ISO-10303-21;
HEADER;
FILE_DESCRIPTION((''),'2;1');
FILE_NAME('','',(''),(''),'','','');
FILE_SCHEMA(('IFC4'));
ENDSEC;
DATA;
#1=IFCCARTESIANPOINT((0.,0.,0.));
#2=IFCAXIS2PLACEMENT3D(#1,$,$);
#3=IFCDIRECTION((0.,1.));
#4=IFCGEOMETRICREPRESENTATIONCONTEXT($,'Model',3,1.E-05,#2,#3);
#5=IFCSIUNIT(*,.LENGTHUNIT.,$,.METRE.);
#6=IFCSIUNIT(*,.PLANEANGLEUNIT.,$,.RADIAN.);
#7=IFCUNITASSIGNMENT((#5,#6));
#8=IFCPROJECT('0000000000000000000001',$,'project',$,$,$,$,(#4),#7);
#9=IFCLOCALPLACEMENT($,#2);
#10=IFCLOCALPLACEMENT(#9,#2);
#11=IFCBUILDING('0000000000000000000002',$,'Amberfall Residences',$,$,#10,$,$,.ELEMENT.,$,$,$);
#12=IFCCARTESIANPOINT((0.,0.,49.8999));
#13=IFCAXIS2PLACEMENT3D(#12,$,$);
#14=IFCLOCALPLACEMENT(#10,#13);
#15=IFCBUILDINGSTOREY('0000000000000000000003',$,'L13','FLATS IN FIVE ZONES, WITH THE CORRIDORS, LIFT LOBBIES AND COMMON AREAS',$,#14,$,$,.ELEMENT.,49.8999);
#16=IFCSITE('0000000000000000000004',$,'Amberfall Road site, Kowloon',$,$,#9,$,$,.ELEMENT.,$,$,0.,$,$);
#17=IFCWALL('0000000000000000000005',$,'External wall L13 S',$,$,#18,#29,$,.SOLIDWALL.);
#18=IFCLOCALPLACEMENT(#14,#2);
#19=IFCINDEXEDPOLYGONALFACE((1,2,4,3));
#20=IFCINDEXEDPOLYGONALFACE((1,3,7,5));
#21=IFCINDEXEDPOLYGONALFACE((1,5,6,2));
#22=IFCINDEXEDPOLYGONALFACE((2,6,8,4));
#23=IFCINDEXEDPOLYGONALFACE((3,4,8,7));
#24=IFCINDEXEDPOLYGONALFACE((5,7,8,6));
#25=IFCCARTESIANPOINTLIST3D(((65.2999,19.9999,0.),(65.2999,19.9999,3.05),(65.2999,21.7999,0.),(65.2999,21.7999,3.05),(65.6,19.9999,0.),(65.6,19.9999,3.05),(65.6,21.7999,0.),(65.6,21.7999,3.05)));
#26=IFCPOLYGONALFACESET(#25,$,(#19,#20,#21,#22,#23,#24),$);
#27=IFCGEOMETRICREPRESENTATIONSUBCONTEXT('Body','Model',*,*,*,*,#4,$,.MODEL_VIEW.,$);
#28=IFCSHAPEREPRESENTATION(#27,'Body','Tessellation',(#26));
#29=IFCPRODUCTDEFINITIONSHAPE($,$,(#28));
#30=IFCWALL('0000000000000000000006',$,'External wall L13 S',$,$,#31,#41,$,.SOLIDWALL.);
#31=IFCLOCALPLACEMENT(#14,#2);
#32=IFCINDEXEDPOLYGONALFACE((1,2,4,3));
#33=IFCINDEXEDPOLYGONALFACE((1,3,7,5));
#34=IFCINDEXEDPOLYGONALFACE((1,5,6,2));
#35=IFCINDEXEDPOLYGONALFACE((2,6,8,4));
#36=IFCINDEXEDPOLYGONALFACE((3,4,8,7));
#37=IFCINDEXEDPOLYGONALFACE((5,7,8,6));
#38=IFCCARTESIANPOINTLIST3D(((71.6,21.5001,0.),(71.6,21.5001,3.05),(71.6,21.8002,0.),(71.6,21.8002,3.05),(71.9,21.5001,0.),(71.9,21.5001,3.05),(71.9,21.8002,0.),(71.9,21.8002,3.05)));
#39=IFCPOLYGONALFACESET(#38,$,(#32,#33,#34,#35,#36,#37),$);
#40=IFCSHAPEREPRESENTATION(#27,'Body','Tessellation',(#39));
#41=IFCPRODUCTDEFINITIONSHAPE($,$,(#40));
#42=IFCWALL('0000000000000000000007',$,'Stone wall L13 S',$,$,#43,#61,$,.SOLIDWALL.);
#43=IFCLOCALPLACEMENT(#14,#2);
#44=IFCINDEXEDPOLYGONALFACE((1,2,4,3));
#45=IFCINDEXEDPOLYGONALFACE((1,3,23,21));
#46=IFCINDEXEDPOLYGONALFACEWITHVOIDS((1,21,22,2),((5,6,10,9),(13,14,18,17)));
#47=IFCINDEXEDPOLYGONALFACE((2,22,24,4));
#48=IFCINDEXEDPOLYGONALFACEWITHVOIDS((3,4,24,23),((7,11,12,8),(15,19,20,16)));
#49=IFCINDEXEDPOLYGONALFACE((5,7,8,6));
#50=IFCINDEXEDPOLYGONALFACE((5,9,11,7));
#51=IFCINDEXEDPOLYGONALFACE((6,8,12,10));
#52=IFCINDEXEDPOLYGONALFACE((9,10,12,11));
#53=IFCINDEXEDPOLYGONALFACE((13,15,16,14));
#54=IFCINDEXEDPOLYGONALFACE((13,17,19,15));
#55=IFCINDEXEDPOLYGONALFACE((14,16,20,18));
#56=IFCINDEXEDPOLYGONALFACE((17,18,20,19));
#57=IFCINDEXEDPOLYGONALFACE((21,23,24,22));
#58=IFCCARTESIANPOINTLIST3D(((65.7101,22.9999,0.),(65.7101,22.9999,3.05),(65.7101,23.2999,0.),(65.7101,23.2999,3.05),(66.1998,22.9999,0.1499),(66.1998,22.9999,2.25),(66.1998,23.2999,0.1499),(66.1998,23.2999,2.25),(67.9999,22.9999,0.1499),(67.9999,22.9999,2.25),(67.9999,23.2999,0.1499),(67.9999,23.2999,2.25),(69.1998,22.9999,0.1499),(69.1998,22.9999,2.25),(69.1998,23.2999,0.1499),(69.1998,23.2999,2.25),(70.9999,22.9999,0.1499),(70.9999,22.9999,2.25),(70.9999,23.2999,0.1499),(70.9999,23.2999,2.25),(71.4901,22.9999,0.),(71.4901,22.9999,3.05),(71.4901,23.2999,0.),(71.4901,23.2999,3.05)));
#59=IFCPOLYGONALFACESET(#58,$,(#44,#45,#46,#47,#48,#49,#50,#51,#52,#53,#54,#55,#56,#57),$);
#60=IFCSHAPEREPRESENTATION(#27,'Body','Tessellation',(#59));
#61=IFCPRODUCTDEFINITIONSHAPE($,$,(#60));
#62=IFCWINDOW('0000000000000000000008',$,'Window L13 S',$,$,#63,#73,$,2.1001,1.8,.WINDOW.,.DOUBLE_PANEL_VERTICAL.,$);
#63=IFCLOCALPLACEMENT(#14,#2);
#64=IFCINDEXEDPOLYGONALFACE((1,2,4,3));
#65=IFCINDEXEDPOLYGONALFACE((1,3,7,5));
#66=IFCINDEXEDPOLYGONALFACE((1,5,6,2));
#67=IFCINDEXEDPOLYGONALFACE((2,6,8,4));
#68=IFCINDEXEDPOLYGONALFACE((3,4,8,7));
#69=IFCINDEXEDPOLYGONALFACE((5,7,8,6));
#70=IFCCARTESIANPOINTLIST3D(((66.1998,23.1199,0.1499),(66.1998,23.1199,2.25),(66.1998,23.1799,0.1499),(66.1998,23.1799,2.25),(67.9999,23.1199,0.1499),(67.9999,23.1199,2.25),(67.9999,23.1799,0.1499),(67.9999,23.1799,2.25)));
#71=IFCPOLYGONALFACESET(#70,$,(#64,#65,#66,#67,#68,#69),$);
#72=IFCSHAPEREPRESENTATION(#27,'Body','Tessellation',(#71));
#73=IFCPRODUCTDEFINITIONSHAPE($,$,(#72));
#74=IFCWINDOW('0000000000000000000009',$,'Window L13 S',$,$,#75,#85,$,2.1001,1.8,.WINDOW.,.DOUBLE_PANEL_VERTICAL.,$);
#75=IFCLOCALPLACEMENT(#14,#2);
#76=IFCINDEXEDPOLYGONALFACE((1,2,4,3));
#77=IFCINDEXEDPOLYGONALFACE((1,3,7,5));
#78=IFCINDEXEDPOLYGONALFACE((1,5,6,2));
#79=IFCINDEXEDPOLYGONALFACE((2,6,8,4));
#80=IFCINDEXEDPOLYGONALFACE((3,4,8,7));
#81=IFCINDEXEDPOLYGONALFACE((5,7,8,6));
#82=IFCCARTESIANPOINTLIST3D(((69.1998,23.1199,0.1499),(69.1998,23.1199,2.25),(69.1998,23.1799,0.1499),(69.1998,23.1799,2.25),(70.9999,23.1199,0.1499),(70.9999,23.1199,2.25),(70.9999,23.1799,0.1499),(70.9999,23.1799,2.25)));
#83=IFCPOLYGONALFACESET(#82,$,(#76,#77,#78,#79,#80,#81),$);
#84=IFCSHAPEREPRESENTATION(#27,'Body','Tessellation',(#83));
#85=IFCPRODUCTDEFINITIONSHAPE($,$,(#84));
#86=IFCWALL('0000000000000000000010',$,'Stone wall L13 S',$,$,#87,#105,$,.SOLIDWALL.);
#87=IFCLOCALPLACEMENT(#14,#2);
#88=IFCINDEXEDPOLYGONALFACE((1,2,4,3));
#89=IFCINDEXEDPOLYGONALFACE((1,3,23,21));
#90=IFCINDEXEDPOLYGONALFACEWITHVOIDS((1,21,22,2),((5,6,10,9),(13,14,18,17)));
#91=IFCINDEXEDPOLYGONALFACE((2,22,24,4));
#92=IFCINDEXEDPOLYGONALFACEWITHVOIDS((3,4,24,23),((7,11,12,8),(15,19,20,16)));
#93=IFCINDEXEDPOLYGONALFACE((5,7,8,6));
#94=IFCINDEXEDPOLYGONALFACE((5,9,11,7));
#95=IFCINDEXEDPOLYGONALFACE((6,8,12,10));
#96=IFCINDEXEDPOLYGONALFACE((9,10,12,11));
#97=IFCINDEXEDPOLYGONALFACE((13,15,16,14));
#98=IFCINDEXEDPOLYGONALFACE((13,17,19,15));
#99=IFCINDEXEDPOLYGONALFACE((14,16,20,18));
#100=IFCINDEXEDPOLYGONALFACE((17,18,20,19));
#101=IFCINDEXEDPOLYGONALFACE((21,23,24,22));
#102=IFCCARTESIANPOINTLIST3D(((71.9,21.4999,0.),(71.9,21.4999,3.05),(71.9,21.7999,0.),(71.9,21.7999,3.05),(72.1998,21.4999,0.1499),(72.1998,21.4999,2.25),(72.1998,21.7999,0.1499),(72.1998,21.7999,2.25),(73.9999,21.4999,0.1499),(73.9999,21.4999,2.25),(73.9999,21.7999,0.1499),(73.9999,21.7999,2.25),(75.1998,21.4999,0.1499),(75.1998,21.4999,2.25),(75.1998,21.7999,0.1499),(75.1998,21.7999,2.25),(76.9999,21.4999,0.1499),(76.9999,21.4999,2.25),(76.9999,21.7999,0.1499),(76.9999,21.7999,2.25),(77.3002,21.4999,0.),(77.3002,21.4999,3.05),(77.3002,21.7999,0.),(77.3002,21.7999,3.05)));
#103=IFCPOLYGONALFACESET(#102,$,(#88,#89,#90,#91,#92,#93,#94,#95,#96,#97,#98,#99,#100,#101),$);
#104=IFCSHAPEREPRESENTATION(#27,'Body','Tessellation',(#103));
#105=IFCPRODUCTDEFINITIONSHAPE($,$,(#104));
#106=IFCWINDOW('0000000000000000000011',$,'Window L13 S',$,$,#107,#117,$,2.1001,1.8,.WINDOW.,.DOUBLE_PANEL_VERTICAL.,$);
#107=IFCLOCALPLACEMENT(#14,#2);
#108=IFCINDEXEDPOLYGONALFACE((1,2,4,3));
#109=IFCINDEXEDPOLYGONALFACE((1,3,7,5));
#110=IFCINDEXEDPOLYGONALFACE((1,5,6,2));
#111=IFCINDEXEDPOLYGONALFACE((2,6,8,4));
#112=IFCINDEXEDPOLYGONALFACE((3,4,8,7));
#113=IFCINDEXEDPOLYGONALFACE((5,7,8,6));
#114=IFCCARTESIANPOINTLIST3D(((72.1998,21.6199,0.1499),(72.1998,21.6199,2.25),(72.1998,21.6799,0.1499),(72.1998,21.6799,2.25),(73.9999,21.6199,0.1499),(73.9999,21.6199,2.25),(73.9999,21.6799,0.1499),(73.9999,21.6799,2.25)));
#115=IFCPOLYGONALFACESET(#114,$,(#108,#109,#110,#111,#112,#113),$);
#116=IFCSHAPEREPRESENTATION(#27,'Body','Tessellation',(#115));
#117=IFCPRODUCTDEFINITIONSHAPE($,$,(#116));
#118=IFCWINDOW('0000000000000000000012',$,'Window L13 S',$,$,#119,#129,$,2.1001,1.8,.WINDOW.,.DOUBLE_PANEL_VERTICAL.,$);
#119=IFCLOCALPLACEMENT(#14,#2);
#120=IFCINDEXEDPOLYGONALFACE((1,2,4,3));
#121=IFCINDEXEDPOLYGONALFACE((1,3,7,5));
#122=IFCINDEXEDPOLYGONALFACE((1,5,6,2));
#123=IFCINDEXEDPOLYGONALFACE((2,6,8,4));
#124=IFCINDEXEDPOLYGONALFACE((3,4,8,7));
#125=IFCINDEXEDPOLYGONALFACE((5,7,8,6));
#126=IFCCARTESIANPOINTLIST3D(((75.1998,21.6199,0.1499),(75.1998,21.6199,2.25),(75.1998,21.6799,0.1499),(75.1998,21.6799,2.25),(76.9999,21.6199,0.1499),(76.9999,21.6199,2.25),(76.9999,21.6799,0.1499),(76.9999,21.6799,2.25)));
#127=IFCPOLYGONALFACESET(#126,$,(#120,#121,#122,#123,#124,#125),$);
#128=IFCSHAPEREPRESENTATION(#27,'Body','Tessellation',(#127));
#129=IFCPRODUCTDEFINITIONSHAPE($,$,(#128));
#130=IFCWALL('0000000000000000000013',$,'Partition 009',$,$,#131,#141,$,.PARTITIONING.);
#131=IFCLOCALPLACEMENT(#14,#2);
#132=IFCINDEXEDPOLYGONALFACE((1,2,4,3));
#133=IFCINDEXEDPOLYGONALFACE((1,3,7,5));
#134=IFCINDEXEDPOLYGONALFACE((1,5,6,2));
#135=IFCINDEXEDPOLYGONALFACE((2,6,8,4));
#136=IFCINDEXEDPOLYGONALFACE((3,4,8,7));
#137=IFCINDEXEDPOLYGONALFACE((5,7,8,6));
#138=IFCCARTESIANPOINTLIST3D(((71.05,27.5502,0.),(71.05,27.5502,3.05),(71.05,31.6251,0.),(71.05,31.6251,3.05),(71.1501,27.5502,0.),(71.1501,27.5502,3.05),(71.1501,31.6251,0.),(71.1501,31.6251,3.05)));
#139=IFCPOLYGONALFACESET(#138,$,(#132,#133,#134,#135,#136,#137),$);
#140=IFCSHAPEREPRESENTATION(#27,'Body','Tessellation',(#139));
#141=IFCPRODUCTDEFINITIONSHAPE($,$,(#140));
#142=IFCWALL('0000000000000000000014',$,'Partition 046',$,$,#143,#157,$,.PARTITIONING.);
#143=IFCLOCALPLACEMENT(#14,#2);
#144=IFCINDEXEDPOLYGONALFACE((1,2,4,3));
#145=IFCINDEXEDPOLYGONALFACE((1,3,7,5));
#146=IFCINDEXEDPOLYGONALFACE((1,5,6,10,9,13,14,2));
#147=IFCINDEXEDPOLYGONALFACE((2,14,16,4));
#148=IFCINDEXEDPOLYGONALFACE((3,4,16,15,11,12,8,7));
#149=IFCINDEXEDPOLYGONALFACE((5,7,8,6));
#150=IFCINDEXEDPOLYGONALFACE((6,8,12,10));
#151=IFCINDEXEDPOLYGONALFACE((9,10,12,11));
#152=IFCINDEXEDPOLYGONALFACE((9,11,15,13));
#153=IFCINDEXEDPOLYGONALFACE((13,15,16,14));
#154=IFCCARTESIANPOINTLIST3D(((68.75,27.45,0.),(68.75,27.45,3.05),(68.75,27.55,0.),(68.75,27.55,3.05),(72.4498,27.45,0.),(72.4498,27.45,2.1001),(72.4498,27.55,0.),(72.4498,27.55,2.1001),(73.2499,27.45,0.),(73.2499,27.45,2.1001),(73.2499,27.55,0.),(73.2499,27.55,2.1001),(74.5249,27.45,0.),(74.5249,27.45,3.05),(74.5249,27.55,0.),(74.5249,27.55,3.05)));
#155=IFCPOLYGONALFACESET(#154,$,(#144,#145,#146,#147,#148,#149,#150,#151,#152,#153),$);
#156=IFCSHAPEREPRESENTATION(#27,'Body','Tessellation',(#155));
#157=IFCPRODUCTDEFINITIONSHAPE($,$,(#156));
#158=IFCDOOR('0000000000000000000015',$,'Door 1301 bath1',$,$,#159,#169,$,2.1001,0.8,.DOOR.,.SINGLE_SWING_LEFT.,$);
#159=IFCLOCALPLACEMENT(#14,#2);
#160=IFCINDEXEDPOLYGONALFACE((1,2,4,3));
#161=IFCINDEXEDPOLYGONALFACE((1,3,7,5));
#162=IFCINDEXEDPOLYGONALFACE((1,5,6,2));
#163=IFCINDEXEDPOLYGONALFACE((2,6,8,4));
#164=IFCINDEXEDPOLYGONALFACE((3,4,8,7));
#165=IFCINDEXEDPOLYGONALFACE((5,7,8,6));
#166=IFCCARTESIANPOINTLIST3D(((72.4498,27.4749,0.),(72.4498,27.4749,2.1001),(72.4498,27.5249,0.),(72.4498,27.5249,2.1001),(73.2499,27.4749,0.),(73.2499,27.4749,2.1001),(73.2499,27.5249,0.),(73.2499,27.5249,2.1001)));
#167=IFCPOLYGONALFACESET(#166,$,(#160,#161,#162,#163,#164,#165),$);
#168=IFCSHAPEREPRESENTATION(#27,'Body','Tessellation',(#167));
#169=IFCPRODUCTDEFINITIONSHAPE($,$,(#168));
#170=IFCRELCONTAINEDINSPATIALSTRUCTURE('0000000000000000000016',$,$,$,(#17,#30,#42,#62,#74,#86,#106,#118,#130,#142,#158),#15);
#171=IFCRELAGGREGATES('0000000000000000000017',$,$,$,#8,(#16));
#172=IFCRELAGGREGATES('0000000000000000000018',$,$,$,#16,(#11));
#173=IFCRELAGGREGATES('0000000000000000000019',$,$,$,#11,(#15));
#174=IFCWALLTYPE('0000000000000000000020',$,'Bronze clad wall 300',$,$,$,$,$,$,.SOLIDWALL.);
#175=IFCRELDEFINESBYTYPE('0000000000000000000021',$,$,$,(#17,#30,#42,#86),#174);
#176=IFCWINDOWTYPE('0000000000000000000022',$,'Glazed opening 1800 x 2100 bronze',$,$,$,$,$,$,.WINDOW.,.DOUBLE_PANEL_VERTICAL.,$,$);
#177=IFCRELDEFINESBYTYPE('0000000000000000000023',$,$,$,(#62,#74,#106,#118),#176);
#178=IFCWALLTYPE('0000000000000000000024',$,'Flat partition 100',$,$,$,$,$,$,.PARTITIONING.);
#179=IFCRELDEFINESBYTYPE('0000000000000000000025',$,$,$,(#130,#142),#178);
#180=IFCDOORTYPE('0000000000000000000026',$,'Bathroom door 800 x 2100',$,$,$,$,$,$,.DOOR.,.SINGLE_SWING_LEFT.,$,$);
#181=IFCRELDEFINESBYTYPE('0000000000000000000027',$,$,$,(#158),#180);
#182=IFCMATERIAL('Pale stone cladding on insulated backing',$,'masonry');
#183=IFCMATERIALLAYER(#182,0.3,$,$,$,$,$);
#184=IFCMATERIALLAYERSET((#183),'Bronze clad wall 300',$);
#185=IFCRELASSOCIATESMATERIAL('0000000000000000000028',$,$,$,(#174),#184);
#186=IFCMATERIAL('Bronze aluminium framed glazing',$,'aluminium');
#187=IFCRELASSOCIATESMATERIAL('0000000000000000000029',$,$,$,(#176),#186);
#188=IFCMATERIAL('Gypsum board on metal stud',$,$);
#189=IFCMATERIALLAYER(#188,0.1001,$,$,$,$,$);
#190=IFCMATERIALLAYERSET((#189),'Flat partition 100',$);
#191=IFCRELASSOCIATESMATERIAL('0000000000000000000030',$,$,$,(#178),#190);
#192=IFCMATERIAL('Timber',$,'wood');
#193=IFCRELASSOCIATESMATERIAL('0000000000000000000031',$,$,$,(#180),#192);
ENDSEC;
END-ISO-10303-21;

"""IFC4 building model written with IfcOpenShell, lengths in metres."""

from ifc_helpers import new_model, si_unit, direction, frame, frame_2d, origin, place, context, subcontext, project, spatial, rectangle, extrude, material, layer, layer_set, type_object, element, fill, save


model = new_model("IFC4")

# Units and contexts
model_context = context("Model", 3, precision=1e-05, world=origin(), true_north=direction((0.0, 1.0)))
body_context = subcontext(model_context, "Body", "Model", "MODEL_VIEW")
ifc_project = project(units=[si_unit("LENGTHUNIT", "METRE"), si_unit("PLANEANGLEUNIT", "RADIAN")], contexts=[model_context])

# Site, building, storey
site_placement = place(None, origin())
site = spatial("IfcSite", under=ifc_project, at=site_placement, Name="Amberfall Road site, Kowloon", CompositionType="ELEMENT", RefElevation=0.0)
building_placement = place(site_placement, origin())
building = spatial("IfcBuilding", under=site, at=building_placement, Name="Amberfall Residences", CompositionType="ELEMENT")
storey_placement = place(building_placement, frame((0.0, 0.0, 49.8999)))
storey = spatial("IfcBuildingStorey", under=building, at=storey_placement, Name="L13", Description="FLATS IN FIVE ZONES, WITH THE CORRIDORS, LIFT LOBBIES AND COMMON AREAS", CompositionType="ELEMENT", Elevation=49.8999)

# Walls
ifc_material_1 = material(Name="Pale stone cladding on insulated backing", Category="masonry")
ifc_layer_1 = layer(ifc_material_1, 0.3)
ifc_layer_set_1 = layer_set([ifc_layer_1], Name="Bronze clad wall 300")
wall_type_1 = type_object("IfcWallType", Name="Bronze clad wall 300", PredefinedType="SOLIDWALL", material=ifc_layer_set_1)
wall_1_placement = place(storey_placement, frame((65.45, 20.0, 0.0), z_axis=(0.0, 0.0, 1.0), x_axis=(0.0, 1.0, 0.0)))
element("IfcWall", 1, at=wall_1_placement, inside=storey, type_object=wall_type_1, Name="External wall L13 S", PredefinedType="SOLIDWALL", context=body_context, shape_type="SweptSolid", body=[
    extrude(rectangle(XDim=1.8, YDim=0.3, at=frame_2d((0.8999, 0.0))), origin(), (0.0, 0.0, 1.0), 3.05),
])
wall_2_placement = place(storey_placement, frame((71.75, 21.8, 0.0), z_axis=(0.0, 0.0, 1.0), x_axis=(0.0, -1.0, 0.0)))
element("IfcWall", 2, at=wall_2_placement, inside=storey, type_object=wall_type_1, Name="External wall L13 S", PredefinedType="SOLIDWALL", context=body_context, shape_type="SweptSolid", body=[
    extrude(rectangle(XDim=0.3, YDim=0.3, at=frame_2d((0.1499, 0.0))), origin(), (0.0, 0.0, 1.0), 3.05),
])

# Walls, openings, windows
wall_3_placement = place(storey_placement, frame((65.71, 23.1499, 0.0), z_axis=(0.0, 0.0, 1.0), x_axis=(1.0, 0.0, 0.0)))
wall_3 = element("IfcWall", 3, at=wall_3_placement, inside=storey, type_object=wall_type_1, Name="Stone wall L13 S", PredefinedType="SOLIDWALL", context=body_context, shape_type="SweptSolid", body=[
    extrude(rectangle(XDim=5.78, YDim=0.3, at=frame_2d((2.8901, 0.0))), origin(), (0.0, 0.0, 1.0), 3.05),
])
opening_1_placement = place(wall_3_placement, frame((0.49, 0.0, 0.1499)))
opening_1 = element("IfcOpeningElement", 4, at=opening_1_placement, cuts=wall_3, PredefinedType="OPENING", context=body_context, shape_type="SweptSolid", body=[
    extrude(rectangle(XDim=1.8, YDim=2.1001, at=frame_2d((0.8999, 1.05))), frame((0.0, 0.1599, 0.0), z_axis=(0.0, -1.0, 0.0), x_axis=(1.0, 0.0, 0.0)), (0.0, 0.0, 1.0), 0.3201),
])
opening_2_placement = place(wall_3_placement, frame((3.49, 0.0, 0.1499)))
opening_2 = element("IfcOpeningElement", 5, at=opening_2_placement, cuts=wall_3, PredefinedType="OPENING", context=body_context, shape_type="SweptSolid", body=[
    extrude(rectangle(XDim=1.8, YDim=2.1001, at=frame_2d((0.8999, 1.05))), frame((0.0, 0.1599, 0.0), z_axis=(0.0, -1.0, 0.0), x_axis=(1.0, 0.0, 0.0)), (0.0, 0.0, 1.0), 0.3201),
])
ifc_material_2 = material(Name="Bronze aluminium framed glazing", Category="aluminium")
window_type = type_object("IfcWindowType", Name="Glazed opening 1800 x 2100 bronze", PartitioningType="DOUBLE_PANEL_VERTICAL", PredefinedType="WINDOW", material=ifc_material_2)
window_1_placement = place(opening_1_placement, origin())
window_1 = element("IfcWindow", 6, at=window_1_placement, inside=storey, type_object=window_type, Name="Window L13 S", OverallHeight=2.1001, OverallWidth=1.8, PartitioningType="DOUBLE_PANEL_VERTICAL", PredefinedType="WINDOW", context=body_context, shape_type="SweptSolid", body=[
    extrude(rectangle(XDim=1.8, YDim=2.1001, at=frame_2d((0.8999, 1.05))), frame((0.0, 0.03, 0.0), z_axis=(0.0, -1.0, 0.0), x_axis=(1.0, 0.0, 0.0)), (0.0, 0.0, 1.0), 0.0601),
])
fill(opening_1, window_1)
window_2_placement = place(opening_2_placement, origin())
window_2 = element("IfcWindow", 7, at=window_2_placement, inside=storey, type_object=window_type, Name="Window L13 S", OverallHeight=2.1001, OverallWidth=1.8, PartitioningType="DOUBLE_PANEL_VERTICAL", PredefinedType="WINDOW", context=body_context, shape_type="SweptSolid", body=[
    extrude(rectangle(XDim=1.8, YDim=2.1001, at=frame_2d((0.8999, 1.05))), frame((0.0, 0.03, 0.0), z_axis=(0.0, -1.0, 0.0), x_axis=(1.0, 0.0, 0.0)), (0.0, 0.0, 1.0), 0.0601),
])
fill(opening_2, window_2)
wall_4_placement = place(storey_placement, frame((71.8999, 21.6499, 0.0), z_axis=(0.0, 0.0, 1.0), x_axis=(1.0, 0.0, 0.0)))
wall_4 = element("IfcWall", 8, at=wall_4_placement, inside=storey, type_object=wall_type_1, Name="Stone wall L13 S", PredefinedType="SOLIDWALL", context=body_context, shape_type="SweptSolid", body=[
    extrude(rectangle(XDim=5.4001, YDim=0.3, at=frame_2d((2.7002, 0.0))), origin(), (0.0, 0.0, 1.0), 3.05),
])
opening_3_placement = place(wall_4_placement, frame((0.3, 0.0, 0.1499)))
opening_3 = element("IfcOpeningElement", 9, at=opening_3_placement, cuts=wall_4, PredefinedType="OPENING", context=body_context, shape_type="SweptSolid", body=[
    extrude(rectangle(XDim=1.8, YDim=2.1001, at=frame_2d((0.8999, 1.05))), frame((0.0, 0.1599, 0.0), z_axis=(0.0, -1.0, 0.0), x_axis=(1.0, 0.0, 0.0)), (0.0, 0.0, 1.0), 0.3201),
])
opening_4_placement = place(wall_4_placement, frame((3.3, 0.0, 0.1499)))
opening_4 = element("IfcOpeningElement", 10, at=opening_4_placement, cuts=wall_4, PredefinedType="OPENING", context=body_context, shape_type="SweptSolid", body=[
    extrude(rectangle(XDim=1.8, YDim=2.1001, at=frame_2d((0.8999, 1.05))), frame((0.0, 0.1599, 0.0), z_axis=(0.0, -1.0, 0.0), x_axis=(1.0, 0.0, 0.0)), (0.0, 0.0, 1.0), 0.3201),
])
window_3_placement = place(opening_3_placement, origin())
window_3 = element("IfcWindow", 11, at=window_3_placement, inside=storey, type_object=window_type, Name="Window L13 S", OverallHeight=2.1001, OverallWidth=1.8, PartitioningType="DOUBLE_PANEL_VERTICAL", PredefinedType="WINDOW", context=body_context, shape_type="SweptSolid", body=[
    extrude(rectangle(XDim=1.8, YDim=2.1001, at=frame_2d((0.8999, 1.05))), frame((0.0, 0.03, 0.0), z_axis=(0.0, -1.0, 0.0), x_axis=(1.0, 0.0, 0.0)), (0.0, 0.0, 1.0), 0.0601),
])
fill(opening_3, window_3)
window_4_placement = place(opening_4_placement, origin())
window_4 = element("IfcWindow", 12, at=window_4_placement, inside=storey, type_object=window_type, Name="Window L13 S", OverallHeight=2.1001, OverallWidth=1.8, PartitioningType="DOUBLE_PANEL_VERTICAL", PredefinedType="WINDOW", context=body_context, shape_type="SweptSolid", body=[
    extrude(rectangle(XDim=1.8, YDim=2.1001, at=frame_2d((0.8999, 1.05))), frame((0.0, 0.03, 0.0), z_axis=(0.0, -1.0, 0.0), x_axis=(1.0, 0.0, 0.0)), (0.0, 0.0, 1.0), 0.0601),
])
fill(opening_4, window_4)

# Wall
ifc_material_3 = material(Name="Gypsum board on metal stud")
ifc_layer_2 = layer(ifc_material_3, 0.1001)
ifc_layer_set_2 = layer_set([ifc_layer_2], Name="Flat partition 100")
wall_type_2 = type_object("IfcWallType", Name="Flat partition 100", PredefinedType="PARTITIONING", material=ifc_layer_set_2)
wall_5_placement = place(storey_placement, frame((71.1001, 27.55, 0.0), z_axis=(0.0, 0.0, 1.0), x_axis=(0.0, 1.0, 0.0)))
element("IfcWall", 13, at=wall_5_placement, inside=storey, type_object=wall_type_2, Name="Partition 009", PredefinedType="PARTITIONING", context=body_context, shape_type="SweptSolid", body=[
    extrude(rectangle(XDim=4.075, YDim=0.1001, at=frame_2d((2.0376, 0.0))), origin(), (0.0, 0.0, 1.0), 3.05),
])

# Wall, opening, door
wall_6_placement = place(storey_placement, frame((68.75, 27.5, 0.0), z_axis=(0.0, 0.0, 1.0), x_axis=(1.0, 0.0, 0.0)))
wall_6 = element("IfcWall", 14, at=wall_6_placement, inside=storey, type_object=wall_type_2, Name="Partition 046", PredefinedType="PARTITIONING", context=body_context, shape_type="SweptSolid", body=[
    extrude(rectangle(XDim=5.7749, YDim=0.1001, at=frame_2d((2.8875, 0.0))), origin(), (0.0, 0.0, 1.0), 3.05),
])
opening_5_placement = place(wall_6_placement, frame((3.7, 0.0, 0.0)))
opening_5 = element("IfcOpeningElement", 15, at=opening_5_placement, cuts=wall_6, PredefinedType="OPENING", context=body_context, shape_type="SweptSolid", body=[
    extrude(rectangle(XDim=0.8, YDim=2.1001, at=frame_2d((0.3999, 1.05))), frame((0.0, 0.0601, 0.0), z_axis=(0.0, -1.0, 0.0), x_axis=(1.0, 0.0, 0.0)), (0.0, 0.0, 1.0), 0.1201),
])
ifc_material_4 = material(Name="Timber", Category="wood")
door_type_1 = type_object("IfcDoorType", Name="Bathroom door 800 x 2100", OperationType="SINGLE_SWING_LEFT", PredefinedType="DOOR", material=ifc_material_4)
door_1_placement = place(opening_5_placement, origin())
door_1 = element("IfcDoor", 16, at=door_1_placement, inside=storey, type_object=door_type_1, Name="Door 1301 bath1", OperationType="SINGLE_SWING_LEFT", OverallHeight=2.1001, OverallWidth=0.8, PredefinedType="DOOR", context=body_context, shape_type="SweptSolid", body=[
    extrude(rectangle(XDim=0.8, YDim=2.1001, at=frame_2d((0.3999, 1.05))), frame((0.0, 0.0249, 0.0), z_axis=(0.0, -1.0, 0.0), x_axis=(1.0, 0.0, 0.0)), (0.0, 0.0, 1.0), 0.05),
])
fill(opening_5, door_1)

save(model, "model.ifc")
